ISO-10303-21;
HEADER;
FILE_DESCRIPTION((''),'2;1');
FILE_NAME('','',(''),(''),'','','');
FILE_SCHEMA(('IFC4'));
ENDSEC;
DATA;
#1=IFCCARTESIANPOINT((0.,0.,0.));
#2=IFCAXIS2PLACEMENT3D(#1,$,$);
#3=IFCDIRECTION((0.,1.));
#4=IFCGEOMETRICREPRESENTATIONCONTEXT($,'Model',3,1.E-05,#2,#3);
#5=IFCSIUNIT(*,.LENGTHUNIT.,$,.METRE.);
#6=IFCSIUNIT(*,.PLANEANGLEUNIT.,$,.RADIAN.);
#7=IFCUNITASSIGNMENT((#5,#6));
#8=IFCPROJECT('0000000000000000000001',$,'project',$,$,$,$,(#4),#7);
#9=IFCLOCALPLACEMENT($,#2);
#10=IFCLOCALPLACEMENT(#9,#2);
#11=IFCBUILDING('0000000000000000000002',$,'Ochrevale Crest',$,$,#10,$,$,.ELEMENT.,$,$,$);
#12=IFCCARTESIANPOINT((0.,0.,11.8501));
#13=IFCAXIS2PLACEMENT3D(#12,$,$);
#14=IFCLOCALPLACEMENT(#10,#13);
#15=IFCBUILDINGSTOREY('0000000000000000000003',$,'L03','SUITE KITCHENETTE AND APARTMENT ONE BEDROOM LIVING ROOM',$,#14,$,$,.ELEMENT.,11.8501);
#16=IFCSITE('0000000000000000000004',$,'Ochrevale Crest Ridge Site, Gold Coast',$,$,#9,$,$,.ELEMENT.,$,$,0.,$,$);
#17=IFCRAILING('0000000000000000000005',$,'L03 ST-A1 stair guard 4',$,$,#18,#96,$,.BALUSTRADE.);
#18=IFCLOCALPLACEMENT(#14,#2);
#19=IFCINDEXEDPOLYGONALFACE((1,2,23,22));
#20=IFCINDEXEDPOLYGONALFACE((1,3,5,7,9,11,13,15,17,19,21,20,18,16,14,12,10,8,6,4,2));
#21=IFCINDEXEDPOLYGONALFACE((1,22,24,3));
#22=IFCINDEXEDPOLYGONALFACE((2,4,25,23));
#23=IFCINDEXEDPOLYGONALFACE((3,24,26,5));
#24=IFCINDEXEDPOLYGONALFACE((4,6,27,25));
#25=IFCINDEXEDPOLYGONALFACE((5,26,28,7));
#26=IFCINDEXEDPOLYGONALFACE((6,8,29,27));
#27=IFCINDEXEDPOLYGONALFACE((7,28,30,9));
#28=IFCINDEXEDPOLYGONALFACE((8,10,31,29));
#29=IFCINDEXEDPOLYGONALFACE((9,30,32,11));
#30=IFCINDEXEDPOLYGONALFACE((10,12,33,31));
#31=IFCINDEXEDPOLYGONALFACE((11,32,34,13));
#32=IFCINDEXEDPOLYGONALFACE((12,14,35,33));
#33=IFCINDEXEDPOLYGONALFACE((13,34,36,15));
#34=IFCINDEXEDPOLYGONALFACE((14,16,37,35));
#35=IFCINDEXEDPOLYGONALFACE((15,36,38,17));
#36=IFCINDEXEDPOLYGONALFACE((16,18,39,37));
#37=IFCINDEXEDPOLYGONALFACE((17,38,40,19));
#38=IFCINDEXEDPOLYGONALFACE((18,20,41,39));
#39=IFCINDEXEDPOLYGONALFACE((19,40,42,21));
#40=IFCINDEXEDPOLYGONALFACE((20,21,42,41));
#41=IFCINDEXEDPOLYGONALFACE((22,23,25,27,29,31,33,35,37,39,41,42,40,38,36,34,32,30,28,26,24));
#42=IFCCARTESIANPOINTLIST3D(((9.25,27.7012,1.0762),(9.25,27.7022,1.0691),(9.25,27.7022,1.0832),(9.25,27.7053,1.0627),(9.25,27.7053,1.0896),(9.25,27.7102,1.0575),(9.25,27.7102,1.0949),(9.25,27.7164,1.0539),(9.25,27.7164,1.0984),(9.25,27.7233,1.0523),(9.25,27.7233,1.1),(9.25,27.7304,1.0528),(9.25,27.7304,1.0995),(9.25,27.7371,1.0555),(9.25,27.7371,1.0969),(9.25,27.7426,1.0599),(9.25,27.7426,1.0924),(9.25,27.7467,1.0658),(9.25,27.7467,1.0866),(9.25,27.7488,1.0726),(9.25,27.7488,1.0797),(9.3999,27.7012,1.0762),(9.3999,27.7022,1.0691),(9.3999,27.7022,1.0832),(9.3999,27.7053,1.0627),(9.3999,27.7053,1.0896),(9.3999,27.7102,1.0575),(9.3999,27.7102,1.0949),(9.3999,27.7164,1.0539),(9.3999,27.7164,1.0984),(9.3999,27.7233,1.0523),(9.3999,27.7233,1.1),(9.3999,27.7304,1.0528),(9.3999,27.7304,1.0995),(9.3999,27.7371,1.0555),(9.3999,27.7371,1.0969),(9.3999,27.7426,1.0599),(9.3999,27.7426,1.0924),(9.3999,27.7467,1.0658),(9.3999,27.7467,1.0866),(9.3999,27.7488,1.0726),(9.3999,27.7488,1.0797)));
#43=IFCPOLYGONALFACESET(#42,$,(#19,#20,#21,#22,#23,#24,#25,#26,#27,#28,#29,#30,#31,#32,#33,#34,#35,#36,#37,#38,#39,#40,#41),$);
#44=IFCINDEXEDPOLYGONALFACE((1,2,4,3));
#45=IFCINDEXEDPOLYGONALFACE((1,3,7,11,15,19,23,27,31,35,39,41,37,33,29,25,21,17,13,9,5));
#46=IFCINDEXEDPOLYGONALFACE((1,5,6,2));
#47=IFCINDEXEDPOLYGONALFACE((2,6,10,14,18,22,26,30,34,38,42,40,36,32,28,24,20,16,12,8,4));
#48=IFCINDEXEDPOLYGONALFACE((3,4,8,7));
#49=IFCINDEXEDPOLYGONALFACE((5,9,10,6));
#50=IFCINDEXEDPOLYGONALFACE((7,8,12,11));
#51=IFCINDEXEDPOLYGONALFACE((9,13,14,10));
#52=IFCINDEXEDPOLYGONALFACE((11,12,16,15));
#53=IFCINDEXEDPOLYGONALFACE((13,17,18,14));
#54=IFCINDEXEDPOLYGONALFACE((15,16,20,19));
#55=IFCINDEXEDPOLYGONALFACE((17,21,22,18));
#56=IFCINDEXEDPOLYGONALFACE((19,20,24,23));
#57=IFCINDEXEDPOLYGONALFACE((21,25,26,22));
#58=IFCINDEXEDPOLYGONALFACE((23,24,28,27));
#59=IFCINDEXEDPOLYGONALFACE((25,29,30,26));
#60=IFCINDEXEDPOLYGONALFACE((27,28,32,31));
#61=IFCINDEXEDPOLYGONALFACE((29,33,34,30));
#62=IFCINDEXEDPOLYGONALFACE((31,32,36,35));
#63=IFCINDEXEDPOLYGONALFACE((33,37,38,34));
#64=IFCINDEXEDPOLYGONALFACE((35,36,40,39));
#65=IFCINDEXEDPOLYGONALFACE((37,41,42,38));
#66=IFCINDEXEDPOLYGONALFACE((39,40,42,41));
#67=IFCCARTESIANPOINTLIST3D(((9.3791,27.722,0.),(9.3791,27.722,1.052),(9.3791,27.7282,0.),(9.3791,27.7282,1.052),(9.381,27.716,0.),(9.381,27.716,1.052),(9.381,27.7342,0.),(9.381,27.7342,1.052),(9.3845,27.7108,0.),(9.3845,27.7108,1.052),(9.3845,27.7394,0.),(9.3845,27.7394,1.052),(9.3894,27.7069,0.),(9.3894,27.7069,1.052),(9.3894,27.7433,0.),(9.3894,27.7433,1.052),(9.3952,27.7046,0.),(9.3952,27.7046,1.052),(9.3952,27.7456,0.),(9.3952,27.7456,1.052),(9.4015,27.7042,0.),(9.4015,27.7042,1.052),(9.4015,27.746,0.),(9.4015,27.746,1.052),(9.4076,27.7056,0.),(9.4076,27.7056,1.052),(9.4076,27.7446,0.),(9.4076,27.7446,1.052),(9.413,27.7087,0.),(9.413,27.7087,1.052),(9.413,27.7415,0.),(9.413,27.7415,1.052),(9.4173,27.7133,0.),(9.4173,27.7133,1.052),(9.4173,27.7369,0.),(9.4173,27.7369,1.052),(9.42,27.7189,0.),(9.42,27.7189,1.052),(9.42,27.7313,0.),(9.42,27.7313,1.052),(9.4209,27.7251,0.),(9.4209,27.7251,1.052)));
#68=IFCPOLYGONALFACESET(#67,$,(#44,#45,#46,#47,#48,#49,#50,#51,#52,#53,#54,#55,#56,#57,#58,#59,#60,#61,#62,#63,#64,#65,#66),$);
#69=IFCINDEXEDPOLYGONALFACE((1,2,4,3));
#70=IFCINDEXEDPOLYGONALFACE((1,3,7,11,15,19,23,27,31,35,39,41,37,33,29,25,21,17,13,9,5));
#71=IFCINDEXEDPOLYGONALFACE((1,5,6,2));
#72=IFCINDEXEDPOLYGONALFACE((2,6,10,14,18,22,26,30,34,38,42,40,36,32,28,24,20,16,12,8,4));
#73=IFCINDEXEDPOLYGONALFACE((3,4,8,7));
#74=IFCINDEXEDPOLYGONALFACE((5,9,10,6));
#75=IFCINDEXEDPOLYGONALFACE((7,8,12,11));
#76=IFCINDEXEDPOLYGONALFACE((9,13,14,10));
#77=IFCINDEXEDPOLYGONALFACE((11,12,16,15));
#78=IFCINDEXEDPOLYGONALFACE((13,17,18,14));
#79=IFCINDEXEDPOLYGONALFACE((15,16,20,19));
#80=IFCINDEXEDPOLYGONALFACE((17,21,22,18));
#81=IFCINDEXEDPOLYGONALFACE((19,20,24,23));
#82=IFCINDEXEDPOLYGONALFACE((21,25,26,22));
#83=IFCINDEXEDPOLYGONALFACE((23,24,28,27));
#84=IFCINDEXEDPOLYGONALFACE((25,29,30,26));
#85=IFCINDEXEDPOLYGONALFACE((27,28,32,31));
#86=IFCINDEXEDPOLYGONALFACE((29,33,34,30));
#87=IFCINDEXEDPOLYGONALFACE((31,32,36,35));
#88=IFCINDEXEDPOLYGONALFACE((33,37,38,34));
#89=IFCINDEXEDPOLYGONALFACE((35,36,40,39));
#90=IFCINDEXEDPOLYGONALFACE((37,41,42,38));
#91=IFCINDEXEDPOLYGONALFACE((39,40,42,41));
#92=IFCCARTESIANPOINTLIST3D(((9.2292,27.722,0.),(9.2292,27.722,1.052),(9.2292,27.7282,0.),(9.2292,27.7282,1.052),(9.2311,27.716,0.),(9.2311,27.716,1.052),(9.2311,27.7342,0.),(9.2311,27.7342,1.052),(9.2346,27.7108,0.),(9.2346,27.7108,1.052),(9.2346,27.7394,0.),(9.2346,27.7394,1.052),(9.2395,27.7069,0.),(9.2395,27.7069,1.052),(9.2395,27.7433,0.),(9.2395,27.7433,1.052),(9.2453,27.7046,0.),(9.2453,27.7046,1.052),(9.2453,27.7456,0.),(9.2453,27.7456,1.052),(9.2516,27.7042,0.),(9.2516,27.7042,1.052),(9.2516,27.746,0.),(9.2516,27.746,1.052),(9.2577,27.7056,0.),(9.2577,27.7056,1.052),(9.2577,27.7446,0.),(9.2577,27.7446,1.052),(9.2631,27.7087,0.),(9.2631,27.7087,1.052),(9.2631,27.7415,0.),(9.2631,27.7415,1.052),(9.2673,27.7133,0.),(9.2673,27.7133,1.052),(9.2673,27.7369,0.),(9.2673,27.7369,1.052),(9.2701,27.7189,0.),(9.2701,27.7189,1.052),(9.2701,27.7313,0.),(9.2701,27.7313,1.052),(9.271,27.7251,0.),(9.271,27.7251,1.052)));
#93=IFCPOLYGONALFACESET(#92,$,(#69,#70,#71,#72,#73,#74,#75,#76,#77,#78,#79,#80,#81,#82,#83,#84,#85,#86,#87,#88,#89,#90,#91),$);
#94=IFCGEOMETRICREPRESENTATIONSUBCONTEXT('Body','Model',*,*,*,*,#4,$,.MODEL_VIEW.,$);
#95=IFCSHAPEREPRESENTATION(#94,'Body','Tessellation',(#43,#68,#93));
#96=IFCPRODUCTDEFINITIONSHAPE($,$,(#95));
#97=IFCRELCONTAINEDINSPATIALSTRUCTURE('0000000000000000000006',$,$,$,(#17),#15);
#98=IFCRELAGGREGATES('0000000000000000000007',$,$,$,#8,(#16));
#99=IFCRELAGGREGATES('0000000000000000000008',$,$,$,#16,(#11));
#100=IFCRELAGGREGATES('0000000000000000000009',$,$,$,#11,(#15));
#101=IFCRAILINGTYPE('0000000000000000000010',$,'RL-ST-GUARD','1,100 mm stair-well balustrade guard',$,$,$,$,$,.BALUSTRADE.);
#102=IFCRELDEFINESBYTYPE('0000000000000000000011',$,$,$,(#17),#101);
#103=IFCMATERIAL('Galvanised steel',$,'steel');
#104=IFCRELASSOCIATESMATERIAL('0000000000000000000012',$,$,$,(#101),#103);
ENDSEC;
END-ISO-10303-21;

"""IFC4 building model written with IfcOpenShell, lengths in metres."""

from ifc_helpers import new_model, si_unit, direction, frame, origin, origin_2d, place, context, subcontext, project, spatial, circle, extrude, material, type_object, element, save


model = new_model("IFC4")

# Units and contexts
model_context = context("Model", 3, precision=1e-05, world=origin(), true_north=direction((0.0, 1.0)))
body_context = subcontext(model_context, "Body", "Model", "MODEL_VIEW")
ifc_project = project(units=[si_unit("LENGTHUNIT", "METRE"), si_unit("PLANEANGLEUNIT", "RADIAN")], contexts=[model_context])

# Site, building, storey
site_placement = place(None, origin())
site = spatial("IfcSite", under=ifc_project, at=site_placement, Name="Ochrevale Crest Ridge Site, Gold Coast", CompositionType="ELEMENT", RefElevation=0.0)
building_placement = place(site_placement, origin())
building = spatial("IfcBuilding", under=site, at=building_placement, Name="Ochrevale Crest", CompositionType="ELEMENT")
storey_placement = place(building_placement, frame((0.0, 0.0, 11.8501)))
storey = spatial("IfcBuildingStorey", under=building, at=storey_placement, Name="L03", Description="SUITE KITCHENETTE AND APARTMENT ONE BEDROOM LIVING ROOM", CompositionType="ELEMENT", Elevation=11.8501)

# Railing
ifc_material_1 = material(Name="Galvanised steel", Category="steel")
railing_type_1 = type_object("IfcRailingType", Name="RL-ST-GUARD", Description="1,100 mm stair-well balustrade guard", PredefinedType="BALUSTRADE", material=ifc_material_1)
railing_1_placement = place(storey_placement, frame((9.3999, 27.7251, 0.0)))
element("IfcRailing", 1, at=railing_1_placement, inside=storey, type_object=railing_type_1, Name="L03 ST-A1 stair guard 4", PredefinedType="BALUSTRADE", context=body_context, shape_type="SweptSolid", body=[
    extrude(circle(Radius=0.0239, at=origin_2d()), frame((0.0, 0.0, 1.0762), z_axis=(-1.0, 0.0, 0.0), x_axis=(0.0, -1.0, 0.0)), (0.0, 0.0, 1.0), 0.1499),
    extrude(circle(Radius=0.021, at=origin_2d()), origin(), (0.0, 0.0, 1.0), 1.052),
    extrude(circle(Radius=0.021, at=origin_2d()), frame((-0.1499, 0.0, 0.0)), (0.0, 0.0, 1.0), 1.052),
])

save(model, "model.ifc")
